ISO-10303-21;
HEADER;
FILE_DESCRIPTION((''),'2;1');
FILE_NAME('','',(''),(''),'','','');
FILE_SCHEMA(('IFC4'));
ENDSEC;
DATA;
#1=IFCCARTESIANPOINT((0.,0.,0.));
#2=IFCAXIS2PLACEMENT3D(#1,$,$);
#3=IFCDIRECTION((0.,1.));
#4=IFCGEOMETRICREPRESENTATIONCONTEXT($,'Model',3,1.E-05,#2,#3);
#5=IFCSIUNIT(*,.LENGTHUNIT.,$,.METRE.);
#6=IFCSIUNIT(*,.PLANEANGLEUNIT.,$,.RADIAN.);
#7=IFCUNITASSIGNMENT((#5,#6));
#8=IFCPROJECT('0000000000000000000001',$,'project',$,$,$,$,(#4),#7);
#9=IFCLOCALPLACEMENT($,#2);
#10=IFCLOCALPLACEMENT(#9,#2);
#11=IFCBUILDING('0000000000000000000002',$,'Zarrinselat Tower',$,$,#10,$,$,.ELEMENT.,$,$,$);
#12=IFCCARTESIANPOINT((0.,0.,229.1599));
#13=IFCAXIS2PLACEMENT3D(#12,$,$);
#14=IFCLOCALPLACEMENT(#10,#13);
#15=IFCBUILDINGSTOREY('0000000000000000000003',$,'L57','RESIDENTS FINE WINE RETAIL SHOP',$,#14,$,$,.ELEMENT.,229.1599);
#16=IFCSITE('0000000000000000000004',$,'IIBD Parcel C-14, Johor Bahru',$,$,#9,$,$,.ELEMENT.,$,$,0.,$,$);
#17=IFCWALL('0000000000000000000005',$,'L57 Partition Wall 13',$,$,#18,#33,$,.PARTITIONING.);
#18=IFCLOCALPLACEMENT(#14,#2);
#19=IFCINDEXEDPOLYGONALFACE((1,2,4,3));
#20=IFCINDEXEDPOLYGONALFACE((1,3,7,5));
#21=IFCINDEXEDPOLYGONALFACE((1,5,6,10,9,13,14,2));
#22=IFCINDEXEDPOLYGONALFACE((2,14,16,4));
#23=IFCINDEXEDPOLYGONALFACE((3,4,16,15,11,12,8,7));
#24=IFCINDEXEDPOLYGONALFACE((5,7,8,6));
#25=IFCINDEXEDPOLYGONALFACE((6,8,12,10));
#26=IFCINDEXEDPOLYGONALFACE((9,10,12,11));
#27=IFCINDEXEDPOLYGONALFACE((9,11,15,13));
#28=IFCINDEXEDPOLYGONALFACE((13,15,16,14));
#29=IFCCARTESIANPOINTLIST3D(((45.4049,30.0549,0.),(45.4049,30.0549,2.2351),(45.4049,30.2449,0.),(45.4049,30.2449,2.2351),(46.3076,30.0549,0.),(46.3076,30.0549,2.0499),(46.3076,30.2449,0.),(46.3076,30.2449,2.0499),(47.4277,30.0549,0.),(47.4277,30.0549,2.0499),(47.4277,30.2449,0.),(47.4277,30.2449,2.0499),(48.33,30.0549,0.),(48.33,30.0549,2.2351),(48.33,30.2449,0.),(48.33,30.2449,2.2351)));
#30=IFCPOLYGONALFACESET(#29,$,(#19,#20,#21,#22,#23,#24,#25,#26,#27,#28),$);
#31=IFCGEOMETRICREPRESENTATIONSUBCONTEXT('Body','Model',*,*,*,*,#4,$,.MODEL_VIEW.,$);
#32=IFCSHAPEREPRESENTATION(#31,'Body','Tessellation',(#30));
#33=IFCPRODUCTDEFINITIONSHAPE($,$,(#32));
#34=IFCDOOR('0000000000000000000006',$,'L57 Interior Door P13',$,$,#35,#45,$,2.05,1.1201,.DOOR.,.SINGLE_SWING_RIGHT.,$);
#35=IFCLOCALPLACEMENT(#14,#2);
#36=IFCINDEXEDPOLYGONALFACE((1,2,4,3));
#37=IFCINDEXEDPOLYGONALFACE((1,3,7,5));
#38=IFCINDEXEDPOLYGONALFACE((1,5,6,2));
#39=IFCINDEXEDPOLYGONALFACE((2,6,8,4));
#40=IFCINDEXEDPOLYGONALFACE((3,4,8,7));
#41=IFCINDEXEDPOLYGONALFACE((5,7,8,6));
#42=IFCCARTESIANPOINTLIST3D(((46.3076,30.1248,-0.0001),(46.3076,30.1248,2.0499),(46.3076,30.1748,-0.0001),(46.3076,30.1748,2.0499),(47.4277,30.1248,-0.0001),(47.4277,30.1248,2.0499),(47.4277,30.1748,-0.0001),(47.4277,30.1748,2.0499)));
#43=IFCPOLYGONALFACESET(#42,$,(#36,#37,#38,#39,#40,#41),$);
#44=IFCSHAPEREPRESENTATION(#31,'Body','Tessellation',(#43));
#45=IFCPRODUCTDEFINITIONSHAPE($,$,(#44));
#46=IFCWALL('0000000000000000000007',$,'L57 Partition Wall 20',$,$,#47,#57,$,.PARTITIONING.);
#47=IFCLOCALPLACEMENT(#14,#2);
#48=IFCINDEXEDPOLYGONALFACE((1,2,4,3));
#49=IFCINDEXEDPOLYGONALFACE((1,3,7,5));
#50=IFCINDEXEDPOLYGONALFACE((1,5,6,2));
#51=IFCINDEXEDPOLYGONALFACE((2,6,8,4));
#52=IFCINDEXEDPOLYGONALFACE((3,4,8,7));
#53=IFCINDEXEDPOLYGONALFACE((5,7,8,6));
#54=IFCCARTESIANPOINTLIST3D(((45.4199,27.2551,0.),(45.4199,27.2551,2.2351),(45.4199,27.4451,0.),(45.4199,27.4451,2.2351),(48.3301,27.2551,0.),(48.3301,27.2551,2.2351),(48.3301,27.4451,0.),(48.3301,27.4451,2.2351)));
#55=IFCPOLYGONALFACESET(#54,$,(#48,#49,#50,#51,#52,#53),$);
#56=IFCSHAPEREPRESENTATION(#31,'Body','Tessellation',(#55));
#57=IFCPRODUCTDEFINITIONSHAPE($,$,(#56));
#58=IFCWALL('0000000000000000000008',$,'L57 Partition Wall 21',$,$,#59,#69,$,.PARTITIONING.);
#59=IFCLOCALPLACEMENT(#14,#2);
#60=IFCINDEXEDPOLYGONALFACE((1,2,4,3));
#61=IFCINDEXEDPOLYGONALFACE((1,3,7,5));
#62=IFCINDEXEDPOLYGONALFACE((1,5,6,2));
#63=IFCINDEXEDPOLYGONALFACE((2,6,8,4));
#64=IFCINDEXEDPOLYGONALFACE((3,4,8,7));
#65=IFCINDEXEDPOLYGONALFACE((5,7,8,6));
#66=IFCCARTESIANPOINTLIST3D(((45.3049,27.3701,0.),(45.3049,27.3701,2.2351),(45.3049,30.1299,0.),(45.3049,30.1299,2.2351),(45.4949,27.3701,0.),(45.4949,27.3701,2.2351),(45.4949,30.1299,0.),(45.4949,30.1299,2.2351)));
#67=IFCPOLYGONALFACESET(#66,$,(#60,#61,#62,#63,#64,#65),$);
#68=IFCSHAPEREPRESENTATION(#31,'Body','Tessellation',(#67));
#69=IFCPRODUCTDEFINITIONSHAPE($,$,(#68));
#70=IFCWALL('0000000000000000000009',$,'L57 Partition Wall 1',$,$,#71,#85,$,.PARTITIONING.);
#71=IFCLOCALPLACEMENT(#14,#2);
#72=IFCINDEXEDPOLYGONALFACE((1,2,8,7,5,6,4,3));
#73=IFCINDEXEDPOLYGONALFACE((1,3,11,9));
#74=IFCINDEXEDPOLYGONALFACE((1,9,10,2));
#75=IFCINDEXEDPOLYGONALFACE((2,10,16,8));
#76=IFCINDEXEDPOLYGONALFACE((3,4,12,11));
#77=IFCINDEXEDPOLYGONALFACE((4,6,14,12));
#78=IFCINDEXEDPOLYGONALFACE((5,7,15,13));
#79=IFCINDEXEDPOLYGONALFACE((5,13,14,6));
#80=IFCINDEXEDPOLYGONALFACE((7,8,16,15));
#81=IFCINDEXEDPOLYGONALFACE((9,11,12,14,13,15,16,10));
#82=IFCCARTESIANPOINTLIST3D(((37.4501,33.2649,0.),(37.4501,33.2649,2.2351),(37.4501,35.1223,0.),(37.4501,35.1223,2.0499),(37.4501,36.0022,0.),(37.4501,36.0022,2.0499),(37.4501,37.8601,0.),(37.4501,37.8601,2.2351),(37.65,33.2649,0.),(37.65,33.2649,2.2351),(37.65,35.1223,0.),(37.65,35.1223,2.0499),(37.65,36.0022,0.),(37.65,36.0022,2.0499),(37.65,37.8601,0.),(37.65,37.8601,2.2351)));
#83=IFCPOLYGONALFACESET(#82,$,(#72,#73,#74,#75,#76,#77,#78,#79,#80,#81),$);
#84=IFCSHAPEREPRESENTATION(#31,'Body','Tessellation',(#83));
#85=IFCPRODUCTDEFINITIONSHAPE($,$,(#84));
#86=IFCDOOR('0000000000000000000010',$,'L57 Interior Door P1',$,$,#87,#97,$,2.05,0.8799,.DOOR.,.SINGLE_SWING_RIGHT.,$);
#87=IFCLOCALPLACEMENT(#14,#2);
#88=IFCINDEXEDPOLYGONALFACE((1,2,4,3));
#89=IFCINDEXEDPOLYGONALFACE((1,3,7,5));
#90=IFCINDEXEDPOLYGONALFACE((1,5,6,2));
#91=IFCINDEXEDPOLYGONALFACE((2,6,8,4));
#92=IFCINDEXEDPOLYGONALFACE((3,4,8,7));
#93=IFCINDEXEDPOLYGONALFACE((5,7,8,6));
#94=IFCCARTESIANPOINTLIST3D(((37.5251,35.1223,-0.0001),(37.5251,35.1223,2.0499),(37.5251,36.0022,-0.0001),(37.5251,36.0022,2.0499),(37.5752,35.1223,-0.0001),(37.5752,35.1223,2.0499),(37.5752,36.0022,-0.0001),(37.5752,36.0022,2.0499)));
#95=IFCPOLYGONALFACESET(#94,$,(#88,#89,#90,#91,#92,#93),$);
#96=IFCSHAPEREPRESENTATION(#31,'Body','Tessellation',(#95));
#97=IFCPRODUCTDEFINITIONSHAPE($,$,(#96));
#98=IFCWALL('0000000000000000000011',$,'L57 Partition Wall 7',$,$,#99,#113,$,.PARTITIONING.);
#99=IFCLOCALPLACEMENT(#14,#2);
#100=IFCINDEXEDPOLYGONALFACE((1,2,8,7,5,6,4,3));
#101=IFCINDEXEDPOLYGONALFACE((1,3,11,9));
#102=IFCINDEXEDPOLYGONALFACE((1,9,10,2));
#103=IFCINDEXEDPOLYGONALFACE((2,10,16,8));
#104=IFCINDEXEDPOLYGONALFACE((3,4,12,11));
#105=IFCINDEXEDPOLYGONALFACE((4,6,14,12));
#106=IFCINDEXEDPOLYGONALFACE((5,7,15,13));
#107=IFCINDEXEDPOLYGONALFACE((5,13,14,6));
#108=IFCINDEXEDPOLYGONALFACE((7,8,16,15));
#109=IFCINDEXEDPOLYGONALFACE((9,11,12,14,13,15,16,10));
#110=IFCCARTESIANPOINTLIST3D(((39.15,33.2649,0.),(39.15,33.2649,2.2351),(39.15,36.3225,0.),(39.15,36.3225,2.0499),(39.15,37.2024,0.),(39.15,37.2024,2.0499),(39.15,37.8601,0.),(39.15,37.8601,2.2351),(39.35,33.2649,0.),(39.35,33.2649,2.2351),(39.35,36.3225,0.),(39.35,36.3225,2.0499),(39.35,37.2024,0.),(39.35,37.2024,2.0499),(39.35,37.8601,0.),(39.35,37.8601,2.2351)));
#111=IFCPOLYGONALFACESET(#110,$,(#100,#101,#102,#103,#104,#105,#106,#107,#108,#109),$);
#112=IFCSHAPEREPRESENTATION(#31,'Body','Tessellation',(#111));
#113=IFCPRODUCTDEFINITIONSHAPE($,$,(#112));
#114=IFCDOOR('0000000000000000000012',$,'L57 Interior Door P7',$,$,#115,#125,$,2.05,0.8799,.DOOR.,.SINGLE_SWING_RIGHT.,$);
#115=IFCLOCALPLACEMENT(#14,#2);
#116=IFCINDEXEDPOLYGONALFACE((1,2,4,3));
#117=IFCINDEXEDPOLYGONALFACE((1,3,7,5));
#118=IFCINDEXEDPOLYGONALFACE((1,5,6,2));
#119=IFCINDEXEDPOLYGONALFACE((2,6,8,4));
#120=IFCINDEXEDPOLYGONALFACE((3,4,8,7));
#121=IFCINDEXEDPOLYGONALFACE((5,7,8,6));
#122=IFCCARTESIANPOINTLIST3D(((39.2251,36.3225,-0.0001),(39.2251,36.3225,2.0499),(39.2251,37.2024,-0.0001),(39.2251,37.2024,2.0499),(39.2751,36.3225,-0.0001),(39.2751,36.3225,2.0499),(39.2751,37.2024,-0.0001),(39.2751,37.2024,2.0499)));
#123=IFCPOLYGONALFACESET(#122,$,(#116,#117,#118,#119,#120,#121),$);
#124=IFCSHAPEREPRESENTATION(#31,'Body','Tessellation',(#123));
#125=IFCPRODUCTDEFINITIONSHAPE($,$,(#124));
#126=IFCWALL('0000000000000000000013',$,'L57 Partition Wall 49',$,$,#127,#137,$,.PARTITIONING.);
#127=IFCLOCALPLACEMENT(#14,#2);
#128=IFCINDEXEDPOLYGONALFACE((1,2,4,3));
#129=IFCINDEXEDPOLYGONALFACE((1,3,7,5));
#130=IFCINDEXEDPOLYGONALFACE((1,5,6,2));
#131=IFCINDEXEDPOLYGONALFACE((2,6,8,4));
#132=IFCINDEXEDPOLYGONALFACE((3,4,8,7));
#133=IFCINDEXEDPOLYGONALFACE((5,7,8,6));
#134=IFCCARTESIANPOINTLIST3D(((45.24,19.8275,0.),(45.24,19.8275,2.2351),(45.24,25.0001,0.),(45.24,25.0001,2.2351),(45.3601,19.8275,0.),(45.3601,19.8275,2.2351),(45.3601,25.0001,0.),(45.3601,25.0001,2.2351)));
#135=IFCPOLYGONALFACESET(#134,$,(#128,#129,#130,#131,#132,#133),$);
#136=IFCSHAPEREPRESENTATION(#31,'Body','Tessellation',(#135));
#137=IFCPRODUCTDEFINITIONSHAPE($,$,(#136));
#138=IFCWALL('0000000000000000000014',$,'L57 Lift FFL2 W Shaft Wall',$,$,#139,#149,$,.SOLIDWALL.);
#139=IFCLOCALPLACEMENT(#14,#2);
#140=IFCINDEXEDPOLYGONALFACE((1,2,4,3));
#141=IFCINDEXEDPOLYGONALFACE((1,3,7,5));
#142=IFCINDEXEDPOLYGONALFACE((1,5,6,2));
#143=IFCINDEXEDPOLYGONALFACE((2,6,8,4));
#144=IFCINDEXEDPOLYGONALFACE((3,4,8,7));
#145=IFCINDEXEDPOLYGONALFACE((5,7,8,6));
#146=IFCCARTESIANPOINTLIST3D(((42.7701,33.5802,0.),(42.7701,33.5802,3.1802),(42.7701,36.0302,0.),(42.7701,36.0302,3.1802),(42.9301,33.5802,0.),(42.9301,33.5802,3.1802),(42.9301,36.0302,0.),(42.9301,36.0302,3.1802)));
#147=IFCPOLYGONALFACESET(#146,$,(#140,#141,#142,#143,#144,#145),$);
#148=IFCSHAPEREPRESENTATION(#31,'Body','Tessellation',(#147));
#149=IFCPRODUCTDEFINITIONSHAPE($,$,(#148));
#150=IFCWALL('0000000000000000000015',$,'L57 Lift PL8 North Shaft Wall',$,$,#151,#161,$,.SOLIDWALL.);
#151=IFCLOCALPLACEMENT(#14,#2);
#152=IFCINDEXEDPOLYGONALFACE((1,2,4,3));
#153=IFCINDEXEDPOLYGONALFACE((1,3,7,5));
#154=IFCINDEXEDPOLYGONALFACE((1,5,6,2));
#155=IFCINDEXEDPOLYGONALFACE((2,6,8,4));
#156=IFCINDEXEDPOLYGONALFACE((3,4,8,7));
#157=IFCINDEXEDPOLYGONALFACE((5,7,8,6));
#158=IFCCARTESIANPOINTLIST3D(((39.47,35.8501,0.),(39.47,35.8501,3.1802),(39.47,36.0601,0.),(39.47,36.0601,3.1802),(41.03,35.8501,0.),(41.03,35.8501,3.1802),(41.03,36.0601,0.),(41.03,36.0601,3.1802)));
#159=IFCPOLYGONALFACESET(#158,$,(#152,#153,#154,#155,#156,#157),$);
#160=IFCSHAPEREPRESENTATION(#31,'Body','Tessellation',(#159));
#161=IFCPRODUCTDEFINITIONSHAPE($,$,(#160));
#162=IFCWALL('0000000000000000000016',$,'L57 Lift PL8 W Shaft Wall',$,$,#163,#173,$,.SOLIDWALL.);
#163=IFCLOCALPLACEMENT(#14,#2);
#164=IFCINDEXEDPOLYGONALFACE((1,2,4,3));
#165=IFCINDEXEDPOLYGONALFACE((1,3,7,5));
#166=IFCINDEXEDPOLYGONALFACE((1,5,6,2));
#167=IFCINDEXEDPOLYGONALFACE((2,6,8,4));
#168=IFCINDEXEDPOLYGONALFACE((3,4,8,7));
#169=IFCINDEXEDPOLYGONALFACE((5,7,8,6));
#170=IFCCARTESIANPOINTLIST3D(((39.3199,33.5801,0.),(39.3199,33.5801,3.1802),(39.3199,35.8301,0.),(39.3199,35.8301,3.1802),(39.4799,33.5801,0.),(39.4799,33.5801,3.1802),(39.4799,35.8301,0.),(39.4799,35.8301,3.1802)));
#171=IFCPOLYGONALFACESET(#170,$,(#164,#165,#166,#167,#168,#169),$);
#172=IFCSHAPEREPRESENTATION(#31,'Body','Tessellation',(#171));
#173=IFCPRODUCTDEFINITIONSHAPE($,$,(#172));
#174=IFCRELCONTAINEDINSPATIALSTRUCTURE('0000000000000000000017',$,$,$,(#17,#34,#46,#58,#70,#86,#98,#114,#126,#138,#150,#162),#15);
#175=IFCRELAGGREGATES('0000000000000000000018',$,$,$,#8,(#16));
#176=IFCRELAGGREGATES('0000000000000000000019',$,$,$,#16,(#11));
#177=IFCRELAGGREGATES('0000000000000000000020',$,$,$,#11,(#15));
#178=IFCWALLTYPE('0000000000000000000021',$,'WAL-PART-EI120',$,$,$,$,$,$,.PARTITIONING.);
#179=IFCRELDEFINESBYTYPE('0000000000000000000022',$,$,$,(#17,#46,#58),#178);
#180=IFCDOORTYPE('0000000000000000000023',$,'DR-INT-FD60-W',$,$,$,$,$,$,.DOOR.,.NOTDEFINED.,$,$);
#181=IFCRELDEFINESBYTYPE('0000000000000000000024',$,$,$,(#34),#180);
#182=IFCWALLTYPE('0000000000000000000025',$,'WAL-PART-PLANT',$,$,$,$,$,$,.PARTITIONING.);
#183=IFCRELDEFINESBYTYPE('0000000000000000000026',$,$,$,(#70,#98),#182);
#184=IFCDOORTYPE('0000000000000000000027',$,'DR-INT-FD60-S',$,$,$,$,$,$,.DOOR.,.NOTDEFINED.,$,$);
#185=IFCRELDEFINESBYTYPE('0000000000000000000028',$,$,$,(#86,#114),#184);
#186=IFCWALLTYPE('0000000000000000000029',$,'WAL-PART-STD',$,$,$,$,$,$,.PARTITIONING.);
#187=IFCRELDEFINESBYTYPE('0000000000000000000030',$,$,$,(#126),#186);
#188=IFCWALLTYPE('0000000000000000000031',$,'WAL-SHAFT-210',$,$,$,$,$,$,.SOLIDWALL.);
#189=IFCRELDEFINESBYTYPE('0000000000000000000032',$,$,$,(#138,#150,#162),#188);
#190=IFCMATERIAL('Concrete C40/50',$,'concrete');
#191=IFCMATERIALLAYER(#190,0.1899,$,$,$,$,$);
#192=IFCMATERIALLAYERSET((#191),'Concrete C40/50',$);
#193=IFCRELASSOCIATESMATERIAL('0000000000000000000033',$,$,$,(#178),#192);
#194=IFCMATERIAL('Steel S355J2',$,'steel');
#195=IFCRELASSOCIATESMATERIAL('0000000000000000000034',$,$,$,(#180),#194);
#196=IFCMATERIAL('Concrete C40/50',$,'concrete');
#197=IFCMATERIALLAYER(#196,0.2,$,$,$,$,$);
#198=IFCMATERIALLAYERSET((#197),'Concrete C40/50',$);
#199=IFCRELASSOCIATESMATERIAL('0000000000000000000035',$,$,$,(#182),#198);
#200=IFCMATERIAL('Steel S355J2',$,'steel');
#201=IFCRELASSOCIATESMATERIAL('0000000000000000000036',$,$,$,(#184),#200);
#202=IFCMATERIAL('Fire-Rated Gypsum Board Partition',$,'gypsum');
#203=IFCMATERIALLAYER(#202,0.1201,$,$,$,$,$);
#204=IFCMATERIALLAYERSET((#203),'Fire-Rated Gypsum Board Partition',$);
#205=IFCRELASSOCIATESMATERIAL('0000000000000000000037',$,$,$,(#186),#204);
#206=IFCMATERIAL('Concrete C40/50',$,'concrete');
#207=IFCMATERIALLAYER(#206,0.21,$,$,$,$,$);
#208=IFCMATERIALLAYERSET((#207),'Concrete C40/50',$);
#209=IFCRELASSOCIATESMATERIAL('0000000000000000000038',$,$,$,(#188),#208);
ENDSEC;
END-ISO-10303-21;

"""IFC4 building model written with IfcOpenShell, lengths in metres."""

from ifc_helpers import new_model, si_unit, direction, frame, frame_2d, origin, place, context, subcontext, project, spatial, rectangle, extrude, material, layer, layer_set, type_object, element, fill, save


model = new_model("IFC4")

# Units and contexts
model_context = context("Model", 3, precision=1e-05, world=origin(), true_north=direction((0.0, 1.0)))
body_context = subcontext(model_context, "Body", "Model", "MODEL_VIEW")
ifc_project = project(units=[si_unit("LENGTHUNIT", "METRE"), si_unit("PLANEANGLEUNIT", "RADIAN")], contexts=[model_context])

# Site, building, storey
site_placement = place(None, origin())
site = spatial("IfcSite", under=ifc_project, at=site_placement, Name="IIBD Parcel C-14, Johor Bahru", CompositionType="ELEMENT", RefElevation=0.0)
building_placement = place(site_placement, origin())
building = spatial("IfcBuilding", under=site, at=building_placement, Name="Zarrinselat Tower", CompositionType="ELEMENT")
storey_placement = place(building_placement, frame((0.0, 0.0, 229.1599)))
storey = spatial("IfcBuildingStorey", under=building, at=storey_placement, Name="L57", Description="RESIDENTS FINE WINE RETAIL SHOP", CompositionType="ELEMENT", Elevation=229.1599)

# Wall, opening, door
ifc_material_1 = material(Name="Concrete C40/50", Category="concrete")
ifc_layer_1 = layer(ifc_material_1, 0.1899)
ifc_layer_set_1 = layer_set([ifc_layer_1], Name="Concrete C40/50")
wall_type_1 = type_object("IfcWallType", Name="WAL-PART-EI120", PredefinedType="PARTITIONING", material=ifc_layer_set_1)
wall_1_placement = place(storey_placement, frame((45.405, 30.1499, 0.0), z_axis=(0.0, 0.0, 1.0), x_axis=(1.0, 0.0, 0.0)))
wall_1 = element("IfcWall", 1, at=wall_1_placement, inside=storey, type_object=wall_type_1, Name="L57 Partition Wall 13", PredefinedType="PARTITIONING", context=body_context, shape_type="SweptSolid", body=[
    extrude(rectangle(XDim=2.925, YDim=0.1899, at=frame_2d((1.4624, 0.0))), origin(), (0.0, 0.0, 1.0), 2.2351),
])
opening_1_placement = place(wall_1_placement, frame((0.9026, 0.0, 0.0)))
opening_1 = element("IfcOpeningElement", 2, at=opening_1_placement, cuts=wall_1, PredefinedType="OPENING", context=body_context, shape_type="SweptSolid", body=[
    extrude(rectangle(XDim=1.1201, YDim=2.05, at=frame_2d((0.5601, 1.0249))), frame((0.0, 0.105, 0.0), z_axis=(0.0, -1.0, 0.0), x_axis=(1.0, 0.0, 0.0)), (0.0, 0.0, 1.0), 0.21),
])
ifc_material_2 = material(Name="Steel S355J2", Category="steel")
door_type_1 = type_object("IfcDoorType", Name="DR-INT-FD60-W", OperationType="NOTDEFINED", PredefinedType="DOOR", material=ifc_material_2)
door_1_placement = place(opening_1_placement, origin())
door_1 = element("IfcDoor", 3, at=door_1_placement, inside=storey, type_object=door_type_1, Name="L57 Interior Door P13", OperationType="SINGLE_SWING_RIGHT", OverallHeight=2.05, OverallWidth=1.1201, PredefinedType="DOOR", context=body_context, shape_type="SweptSolid", body=[
    extrude(rectangle(XDim=1.1201, YDim=2.05, at=frame_2d((0.5601, 1.0249))), frame((0.0, 0.0249, 0.0), z_axis=(0.0, -1.0, 0.0), x_axis=(1.0, 0.0, 0.0)), (0.0, 0.0, 1.0), 0.05),
])
fill(opening_1, door_1)

# Walls
wall_2_placement = place(storey_placement, frame((45.4199, 27.3501, 0.0), z_axis=(0.0, 0.0, 1.0), x_axis=(1.0, 0.0, 0.0)))
element("IfcWall", 4, at=wall_2_placement, inside=storey, type_object=wall_type_1, Name="L57 Partition Wall 20", PredefinedType="PARTITIONING", context=body_context, shape_type="SweptSolid", body=[
    extrude(rectangle(XDim=2.9102, YDim=0.1899, at=frame_2d((1.4551, 0.0))), origin(), (0.0, 0.0, 1.0), 2.2351),
])
wall_3_placement = place(storey_placement, frame((45.3999, 27.3701, 0.0), z_axis=(0.0, 0.0, 1.0), x_axis=(0.0, 1.0, 0.0)))
element("IfcWall", 5, at=wall_3_placement, inside=storey, type_object=wall_type_1, Name="L57 Partition Wall 21", PredefinedType="PARTITIONING", context=body_context, shape_type="SweptSolid", body=[
    extrude(rectangle(XDim=2.7598, YDim=0.1899, at=frame_2d((1.3799, 0.0))), origin(), (0.0, 0.0, 1.0), 2.2351),
])

# Walls, openings, doors
ifc_material_3 = material(Name="Concrete C40/50", Category="concrete")
ifc_layer_2 = layer(ifc_material_3, 0.2)
ifc_layer_set_2 = layer_set([ifc_layer_2], Name="Concrete C40/50")
wall_type_2 = type_object("IfcWallType", Name="WAL-PART-PLANT", PredefinedType="PARTITIONING", material=ifc_layer_set_2)
wall_4_placement = place(storey_placement, frame((37.55, 33.2649, 0.0), z_axis=(0.0, 0.0, 1.0), x_axis=(0.0, 1.0, 0.0)))
wall_4 = element("IfcWall", 6, at=wall_4_placement, inside=storey, type_object=wall_type_2, Name="L57 Partition Wall 1", PredefinedType="PARTITIONING", context=body_context, shape_type="SweptSolid", body=[
    extrude(rectangle(XDim=4.5952, YDim=0.2, at=frame_2d((2.2976, 0.0))), origin(), (0.0, 0.0, 1.0), 2.2351),
])
opening_2_placement = place(wall_4_placement, frame((1.8574, 0.0, 0.0)))
opening_2 = element("IfcOpeningElement", 7, at=opening_2_placement, cuts=wall_4, PredefinedType="OPENING", context=body_context, shape_type="SweptSolid", body=[
    extrude(rectangle(XDim=0.8799, YDim=2.05, at=frame_2d((0.4399, 1.0249))), frame((0.0, 0.1099, 0.0), z_axis=(0.0, -1.0, 0.0), x_axis=(1.0, 0.0, 0.0)), (0.0, 0.0, 1.0), 0.22),
])
ifc_material_4 = material(Name="Steel S355J2", Category="steel")
door_type_2 = type_object("IfcDoorType", Name="DR-INT-FD60-S", OperationType="NOTDEFINED", PredefinedType="DOOR", material=ifc_material_4)
door_2_placement = place(opening_2_placement, origin())
door_2 = element("IfcDoor", 8, at=door_2_placement, inside=storey, type_object=door_type_2, Name="L57 Interior Door P1", OperationType="SINGLE_SWING_RIGHT", OverallHeight=2.05, OverallWidth=0.8799, PredefinedType="DOOR", context=body_context, shape_type="SweptSolid", body=[
    extrude(rectangle(XDim=0.8799, YDim=2.05, at=frame_2d((0.4399, 1.0249))), frame((0.0, 0.0249, 0.0), z_axis=(0.0, -1.0, 0.0), x_axis=(1.0, 0.0, 0.0)), (0.0, 0.0, 1.0), 0.05),
])
fill(opening_2, door_2)
wall_5_placement = place(storey_placement, frame((39.25, 33.2649, 0.0), z_axis=(0.0, 0.0, 1.0), x_axis=(0.0, 1.0, 0.0)))
wall_5 = element("IfcWall", 9, at=wall_5_placement, inside=storey, type_object=wall_type_2, Name="L57 Partition Wall 7", PredefinedType="PARTITIONING", context=body_context, shape_type="SweptSolid", body=[
    extrude(rectangle(XDim=4.5952, YDim=0.2, at=frame_2d((2.2976, 0.0))), origin(), (0.0, 0.0, 1.0), 2.2351),
])
opening_3_placement = place(wall_5_placement, frame((3.0576, 0.0, 0.0)))
opening_3 = element("IfcOpeningElement", 10, at=opening_3_placement, cuts=wall_5, PredefinedType="OPENING", context=body_context, shape_type="SweptSolid", body=[
    extrude(rectangle(XDim=0.8799, YDim=2.05, at=frame_2d((0.4399, 1.0249))), frame((0.0, 0.1099, 0.0), z_axis=(0.0, -1.0, 0.0), x_axis=(1.0, 0.0, 0.0)), (0.0, 0.0, 1.0), 0.22),
])
door_3_placement = place(opening_3_placement, origin())
door_3 = element("IfcDoor", 11, at=door_3_placement, inside=storey, type_object=door_type_2, Name="L57 Interior Door P7", OperationType="SINGLE_SWING_RIGHT", OverallHeight=2.05, OverallWidth=0.8799, PredefinedType="DOOR", context=body_context, shape_type="SweptSolid", body=[
    extrude(rectangle(XDim=0.8799, YDim=2.05, at=frame_2d((0.4399, 1.0249))), frame((0.0, 0.0249, 0.0), z_axis=(0.0, -1.0, 0.0), x_axis=(1.0, 0.0, 0.0)), (0.0, 0.0, 1.0), 0.05),
])
fill(opening_3, door_3)

# Walls
ifc_material_5 = material(Name="Fire-Rated Gypsum Board Partition", Category="gypsum")
ifc_layer_3 = layer(ifc_material_5, 0.1201)
ifc_layer_set_3 = layer_set([ifc_layer_3], Name="Fire-Rated Gypsum Board Partition")
wall_type_3 = type_object("IfcWallType", Name="WAL-PART-STD", PredefinedType="PARTITIONING", material=ifc_layer_set_3)
wall_6_placement = place(storey_placement, frame((45.3, 19.8274, 0.0), z_axis=(0.0, 0.0, 1.0), x_axis=(0.0, 1.0, 0.0)))
element("IfcWall", 12, at=wall_6_placement, inside=storey, type_object=wall_type_3, Name="L57 Partition Wall 49", PredefinedType="PARTITIONING", context=body_context, shape_type="SweptSolid", body=[
    extrude(rectangle(XDim=5.1726, YDim=0.1201, at=frame_2d((2.5864, 0.0))), origin(), (0.0, 0.0, 1.0), 2.2351),
])
ifc_material_6 = material(Name="Concrete C40/50", Category="concrete")
ifc_layer_4 = layer(ifc_material_6, 0.21)
ifc_layer_set_4 = layer_set([ifc_layer_4], Name="Concrete C40/50")
wall_type_4 = type_object("IfcWallType", Name="WAL-SHAFT-210", PredefinedType="SOLIDWALL", material=ifc_layer_set_4)
wall_7_placement = place(storey_placement, frame((42.8501, 33.5801, 0.0), z_axis=(0.0, 0.0, 1.0), x_axis=(0.0, 1.0, 0.0)))
element("IfcWall", 13, at=wall_7_placement, inside=storey, type_object=wall_type_4, Name="L57 Lift FFL2 W Shaft Wall", PredefinedType="SOLIDWALL", context=body_context, shape_type="SweptSolid", body=[
    extrude(rectangle(XDim=2.45, YDim=0.1599, at=frame_2d((1.2251, 0.0))), origin(), (0.0, 0.0, 1.0), 3.1802),
])
wall_8_placement = place(storey_placement, frame((39.47, 35.9551, 0.0), z_axis=(0.0, 0.0, 1.0), x_axis=(1.0, 0.0, 0.0)))
element("IfcWall", 14, at=wall_8_placement, inside=storey, type_object=wall_type_4, Name="L57 Lift PL8 North Shaft Wall", PredefinedType="SOLIDWALL", context=body_context, shape_type="SweptSolid", body=[
    extrude(rectangle(XDim=1.5601, YDim=0.21, at=frame_2d((0.78, 0.0))), origin(), (0.0, 0.0, 1.0), 3.1802),
])
for number, where, z_axis, x_axis, name in (
    (15, (39.3999, 33.5801, 0.0), (0.0, 0.0, 1.0), (0.0, 1.0, 0.0), "L57 Lift PL8 W Shaft Wall"),
):
    element("IfcWall", number, at=place(storey_placement, frame(where, z_axis=z_axis, x_axis=x_axis)), inside=storey, type_object=wall_type_4, Name=name, PredefinedType="SOLIDWALL", context=body_context, shape_type="SweptSolid", body=[
        extrude(rectangle(XDim=2.25, YDim=0.1599, at=frame_2d((1.125, 0.0))), origin(), (0.0, 0.0, 1.0), 3.1802),
    ])

save(model, "model.ifc")
